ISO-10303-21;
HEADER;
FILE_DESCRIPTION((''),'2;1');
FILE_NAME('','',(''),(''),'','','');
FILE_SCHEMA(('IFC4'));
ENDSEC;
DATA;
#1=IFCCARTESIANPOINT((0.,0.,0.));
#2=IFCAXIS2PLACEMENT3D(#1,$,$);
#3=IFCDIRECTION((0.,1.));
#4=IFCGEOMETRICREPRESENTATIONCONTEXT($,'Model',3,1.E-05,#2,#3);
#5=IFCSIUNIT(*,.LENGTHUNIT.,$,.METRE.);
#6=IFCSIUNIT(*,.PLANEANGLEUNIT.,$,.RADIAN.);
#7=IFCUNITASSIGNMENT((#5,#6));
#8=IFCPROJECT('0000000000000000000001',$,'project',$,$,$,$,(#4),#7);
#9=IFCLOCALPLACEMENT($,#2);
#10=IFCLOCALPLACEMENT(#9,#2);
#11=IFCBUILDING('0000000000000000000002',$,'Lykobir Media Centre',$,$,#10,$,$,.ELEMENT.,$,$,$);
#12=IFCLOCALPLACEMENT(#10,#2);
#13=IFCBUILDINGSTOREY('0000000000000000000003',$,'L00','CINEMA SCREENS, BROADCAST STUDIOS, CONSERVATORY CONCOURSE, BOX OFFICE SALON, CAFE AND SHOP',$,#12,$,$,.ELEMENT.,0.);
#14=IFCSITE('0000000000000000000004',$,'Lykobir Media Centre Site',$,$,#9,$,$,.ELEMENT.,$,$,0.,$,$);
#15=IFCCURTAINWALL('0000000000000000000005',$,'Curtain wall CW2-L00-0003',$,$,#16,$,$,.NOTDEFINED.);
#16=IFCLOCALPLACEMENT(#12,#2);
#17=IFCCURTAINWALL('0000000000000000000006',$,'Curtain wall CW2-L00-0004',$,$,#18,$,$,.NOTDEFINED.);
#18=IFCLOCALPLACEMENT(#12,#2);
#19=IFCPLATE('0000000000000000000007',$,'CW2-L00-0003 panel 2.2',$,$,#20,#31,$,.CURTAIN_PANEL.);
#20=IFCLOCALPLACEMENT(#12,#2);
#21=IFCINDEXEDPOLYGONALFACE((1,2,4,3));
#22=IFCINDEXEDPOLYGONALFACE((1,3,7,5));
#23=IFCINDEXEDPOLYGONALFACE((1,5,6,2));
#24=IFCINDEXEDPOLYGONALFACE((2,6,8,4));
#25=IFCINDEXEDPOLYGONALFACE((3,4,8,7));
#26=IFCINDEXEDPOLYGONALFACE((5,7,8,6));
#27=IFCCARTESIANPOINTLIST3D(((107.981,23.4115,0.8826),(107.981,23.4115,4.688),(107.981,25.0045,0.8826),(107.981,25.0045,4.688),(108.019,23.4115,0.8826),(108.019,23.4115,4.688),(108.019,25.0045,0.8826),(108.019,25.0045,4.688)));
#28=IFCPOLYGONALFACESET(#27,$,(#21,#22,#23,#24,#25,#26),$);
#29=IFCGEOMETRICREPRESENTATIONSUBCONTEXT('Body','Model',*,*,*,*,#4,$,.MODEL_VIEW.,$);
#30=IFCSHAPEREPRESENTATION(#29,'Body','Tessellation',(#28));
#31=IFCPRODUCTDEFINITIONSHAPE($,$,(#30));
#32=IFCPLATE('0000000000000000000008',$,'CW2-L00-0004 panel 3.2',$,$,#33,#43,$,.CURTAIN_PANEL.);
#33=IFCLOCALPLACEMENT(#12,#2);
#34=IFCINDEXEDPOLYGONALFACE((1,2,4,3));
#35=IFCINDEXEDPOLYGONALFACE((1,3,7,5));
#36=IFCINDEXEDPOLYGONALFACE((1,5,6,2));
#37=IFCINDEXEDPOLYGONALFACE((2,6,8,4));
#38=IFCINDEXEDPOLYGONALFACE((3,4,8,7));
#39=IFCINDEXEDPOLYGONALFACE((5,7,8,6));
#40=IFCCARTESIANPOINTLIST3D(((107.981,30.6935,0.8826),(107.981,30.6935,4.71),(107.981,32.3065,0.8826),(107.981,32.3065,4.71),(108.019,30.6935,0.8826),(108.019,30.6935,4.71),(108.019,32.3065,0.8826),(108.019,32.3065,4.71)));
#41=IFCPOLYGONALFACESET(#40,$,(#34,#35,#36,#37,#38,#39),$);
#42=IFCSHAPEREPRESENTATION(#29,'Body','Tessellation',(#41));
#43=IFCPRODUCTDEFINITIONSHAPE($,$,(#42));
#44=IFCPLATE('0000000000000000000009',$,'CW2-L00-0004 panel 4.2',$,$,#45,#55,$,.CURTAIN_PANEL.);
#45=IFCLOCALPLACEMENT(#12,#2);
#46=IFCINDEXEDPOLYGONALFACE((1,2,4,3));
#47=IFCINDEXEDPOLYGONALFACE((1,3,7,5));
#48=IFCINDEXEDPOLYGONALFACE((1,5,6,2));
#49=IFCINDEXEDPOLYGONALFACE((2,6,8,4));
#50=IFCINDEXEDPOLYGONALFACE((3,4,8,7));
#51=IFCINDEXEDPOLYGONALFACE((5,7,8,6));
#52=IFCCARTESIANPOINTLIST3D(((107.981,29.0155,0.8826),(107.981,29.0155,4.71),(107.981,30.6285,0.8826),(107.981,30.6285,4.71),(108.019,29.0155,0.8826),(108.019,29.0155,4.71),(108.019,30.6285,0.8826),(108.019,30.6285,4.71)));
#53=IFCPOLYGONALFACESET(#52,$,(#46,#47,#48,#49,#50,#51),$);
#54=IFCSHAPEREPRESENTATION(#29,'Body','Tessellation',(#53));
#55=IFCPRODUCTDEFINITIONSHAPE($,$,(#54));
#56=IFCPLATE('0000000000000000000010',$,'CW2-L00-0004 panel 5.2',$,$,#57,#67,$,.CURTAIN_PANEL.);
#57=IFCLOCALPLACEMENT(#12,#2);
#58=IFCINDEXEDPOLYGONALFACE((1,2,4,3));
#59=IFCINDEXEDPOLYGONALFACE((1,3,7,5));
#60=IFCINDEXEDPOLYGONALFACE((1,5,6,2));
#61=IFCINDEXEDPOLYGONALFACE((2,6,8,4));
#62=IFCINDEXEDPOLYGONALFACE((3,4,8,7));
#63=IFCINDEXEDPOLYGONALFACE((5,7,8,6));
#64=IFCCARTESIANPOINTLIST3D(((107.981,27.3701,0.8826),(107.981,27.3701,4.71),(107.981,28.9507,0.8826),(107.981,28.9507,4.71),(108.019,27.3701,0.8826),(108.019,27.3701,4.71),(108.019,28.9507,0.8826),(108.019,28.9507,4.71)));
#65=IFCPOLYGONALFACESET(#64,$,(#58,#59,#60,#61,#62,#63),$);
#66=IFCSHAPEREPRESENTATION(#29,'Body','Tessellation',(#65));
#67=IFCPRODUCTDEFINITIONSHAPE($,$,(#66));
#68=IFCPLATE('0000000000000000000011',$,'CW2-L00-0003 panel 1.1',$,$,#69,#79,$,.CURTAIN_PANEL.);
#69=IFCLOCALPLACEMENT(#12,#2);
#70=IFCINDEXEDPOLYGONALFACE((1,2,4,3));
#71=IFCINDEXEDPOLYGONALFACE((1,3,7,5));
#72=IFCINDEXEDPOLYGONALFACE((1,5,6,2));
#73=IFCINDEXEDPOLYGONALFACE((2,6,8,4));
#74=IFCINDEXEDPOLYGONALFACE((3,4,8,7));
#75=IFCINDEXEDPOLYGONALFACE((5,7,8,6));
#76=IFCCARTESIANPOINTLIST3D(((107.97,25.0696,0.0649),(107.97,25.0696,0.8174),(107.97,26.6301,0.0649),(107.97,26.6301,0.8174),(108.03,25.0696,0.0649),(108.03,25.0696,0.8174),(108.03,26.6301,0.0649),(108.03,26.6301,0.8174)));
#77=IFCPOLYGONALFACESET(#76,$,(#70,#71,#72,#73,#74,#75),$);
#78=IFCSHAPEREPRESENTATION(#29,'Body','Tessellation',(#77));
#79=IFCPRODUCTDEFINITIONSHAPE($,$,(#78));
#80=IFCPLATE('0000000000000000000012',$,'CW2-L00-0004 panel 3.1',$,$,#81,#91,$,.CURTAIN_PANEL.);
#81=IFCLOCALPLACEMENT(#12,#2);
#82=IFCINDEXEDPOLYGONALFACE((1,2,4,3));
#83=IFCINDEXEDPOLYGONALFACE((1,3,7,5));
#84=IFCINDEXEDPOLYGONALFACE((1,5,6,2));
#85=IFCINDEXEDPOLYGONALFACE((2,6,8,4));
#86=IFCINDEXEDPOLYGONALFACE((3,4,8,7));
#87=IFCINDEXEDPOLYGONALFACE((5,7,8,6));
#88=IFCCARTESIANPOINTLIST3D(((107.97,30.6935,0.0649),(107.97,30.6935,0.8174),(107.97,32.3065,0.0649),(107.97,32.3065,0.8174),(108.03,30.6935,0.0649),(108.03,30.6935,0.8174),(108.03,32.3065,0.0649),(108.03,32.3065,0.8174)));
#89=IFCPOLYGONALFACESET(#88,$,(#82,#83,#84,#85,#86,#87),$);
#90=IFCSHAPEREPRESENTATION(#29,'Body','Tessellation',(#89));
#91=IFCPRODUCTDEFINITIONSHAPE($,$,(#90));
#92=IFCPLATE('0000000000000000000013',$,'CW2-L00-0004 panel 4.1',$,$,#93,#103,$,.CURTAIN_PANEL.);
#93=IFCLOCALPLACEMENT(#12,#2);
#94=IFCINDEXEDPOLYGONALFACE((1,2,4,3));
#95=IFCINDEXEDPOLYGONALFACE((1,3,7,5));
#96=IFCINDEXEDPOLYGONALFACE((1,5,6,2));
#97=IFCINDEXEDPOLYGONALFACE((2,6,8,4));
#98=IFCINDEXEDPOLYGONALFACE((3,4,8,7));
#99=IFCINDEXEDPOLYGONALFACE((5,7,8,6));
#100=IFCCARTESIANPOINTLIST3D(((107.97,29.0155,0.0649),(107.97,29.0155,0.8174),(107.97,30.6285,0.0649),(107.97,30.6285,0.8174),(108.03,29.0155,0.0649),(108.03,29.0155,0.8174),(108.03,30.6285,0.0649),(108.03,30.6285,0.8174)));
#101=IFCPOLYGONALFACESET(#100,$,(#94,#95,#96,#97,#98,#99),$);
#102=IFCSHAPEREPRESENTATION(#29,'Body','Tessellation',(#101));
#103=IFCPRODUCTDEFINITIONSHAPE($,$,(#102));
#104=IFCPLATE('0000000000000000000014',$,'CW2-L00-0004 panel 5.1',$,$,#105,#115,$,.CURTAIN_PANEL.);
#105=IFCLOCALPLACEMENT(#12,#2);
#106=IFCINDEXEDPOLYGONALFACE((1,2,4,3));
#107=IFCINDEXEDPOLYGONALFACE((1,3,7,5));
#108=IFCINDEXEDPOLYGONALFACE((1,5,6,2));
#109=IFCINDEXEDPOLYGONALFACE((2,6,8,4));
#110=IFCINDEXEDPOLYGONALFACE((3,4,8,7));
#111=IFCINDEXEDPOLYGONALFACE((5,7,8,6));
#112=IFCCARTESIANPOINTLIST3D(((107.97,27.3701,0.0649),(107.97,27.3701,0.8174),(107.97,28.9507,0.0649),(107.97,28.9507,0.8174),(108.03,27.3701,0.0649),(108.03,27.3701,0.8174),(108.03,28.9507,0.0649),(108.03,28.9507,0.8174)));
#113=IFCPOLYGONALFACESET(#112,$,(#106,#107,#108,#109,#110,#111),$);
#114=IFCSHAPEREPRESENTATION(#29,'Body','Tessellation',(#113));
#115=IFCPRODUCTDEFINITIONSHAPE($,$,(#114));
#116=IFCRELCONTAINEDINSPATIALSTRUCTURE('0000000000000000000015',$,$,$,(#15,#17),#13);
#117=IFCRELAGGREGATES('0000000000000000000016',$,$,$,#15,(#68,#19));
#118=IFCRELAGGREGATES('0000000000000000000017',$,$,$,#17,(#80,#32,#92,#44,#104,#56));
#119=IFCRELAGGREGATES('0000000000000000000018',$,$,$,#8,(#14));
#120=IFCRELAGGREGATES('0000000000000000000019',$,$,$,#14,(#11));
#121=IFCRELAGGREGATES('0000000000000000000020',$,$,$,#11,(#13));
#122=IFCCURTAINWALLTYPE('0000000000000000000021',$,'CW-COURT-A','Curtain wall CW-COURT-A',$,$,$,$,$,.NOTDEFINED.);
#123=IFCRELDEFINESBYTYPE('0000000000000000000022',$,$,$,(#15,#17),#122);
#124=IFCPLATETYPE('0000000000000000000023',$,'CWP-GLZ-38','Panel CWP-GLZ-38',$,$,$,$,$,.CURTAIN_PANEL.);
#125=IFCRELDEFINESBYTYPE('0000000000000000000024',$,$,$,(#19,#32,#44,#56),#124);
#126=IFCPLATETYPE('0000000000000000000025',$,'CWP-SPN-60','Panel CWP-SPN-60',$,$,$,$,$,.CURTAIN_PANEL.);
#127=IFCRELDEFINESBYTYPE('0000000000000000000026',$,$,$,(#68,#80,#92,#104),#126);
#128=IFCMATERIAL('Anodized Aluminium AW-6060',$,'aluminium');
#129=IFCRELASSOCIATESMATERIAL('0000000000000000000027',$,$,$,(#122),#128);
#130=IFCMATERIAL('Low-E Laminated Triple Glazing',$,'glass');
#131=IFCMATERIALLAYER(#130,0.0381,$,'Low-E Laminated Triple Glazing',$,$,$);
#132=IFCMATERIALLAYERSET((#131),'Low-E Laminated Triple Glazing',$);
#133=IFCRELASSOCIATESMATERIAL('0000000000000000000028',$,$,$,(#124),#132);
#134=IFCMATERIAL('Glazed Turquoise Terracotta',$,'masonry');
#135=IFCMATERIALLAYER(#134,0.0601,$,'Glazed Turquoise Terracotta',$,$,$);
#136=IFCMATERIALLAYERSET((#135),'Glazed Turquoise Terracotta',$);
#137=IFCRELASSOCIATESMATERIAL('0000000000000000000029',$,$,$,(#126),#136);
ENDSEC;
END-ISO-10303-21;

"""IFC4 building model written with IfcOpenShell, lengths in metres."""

from ifc_helpers import new_model, si_unit, direction, frame, origin, origin_2d, place, context, subcontext, project, spatial, rectangle, extrude, material, layer, layer_set, type_object, element, aggregate, save


model = new_model("IFC4")

# Units and contexts
model_context = context("Model", 3, precision=1e-05, world=origin(), true_north=direction((0.0, 1.0)))
body_context = subcontext(model_context, "Body", "Model", "MODEL_VIEW")
ifc_project = project(units=[si_unit("LENGTHUNIT", "METRE"), si_unit("PLANEANGLEUNIT", "RADIAN")], contexts=[model_context])

# Site, building, storey
site_placement = place(None, origin())
site = spatial("IfcSite", under=ifc_project, at=site_placement, Name="Lykobir Media Centre Site", CompositionType="ELEMENT", RefElevation=0.0)
building_placement = place(site_placement, origin())
building = spatial("IfcBuilding", under=site, at=building_placement, Name="Lykobir Media Centre", CompositionType="ELEMENT")
storey_placement = place(building_placement, origin())
storey = spatial("IfcBuildingStorey", under=building, at=storey_placement, Name="L00", Description="CINEMA SCREENS, BROADCAST STUDIOS, CONSERVATORY CONCOURSE, BOX OFFICE SALON, CAFE AND SHOP", CompositionType="ELEMENT", Elevation=0.0)

# Curtain walls
ifc_material_1 = material(Name="Anodized Aluminium AW-6060", Category="aluminium")
curtain_wall_type = type_object("IfcCurtainWallType", Name="CW-COURT-A", Description="Curtain wall CW-COURT-A", PredefinedType="NOTDEFINED", material=ifc_material_1)
curtain_wall_1_placement = place(storey_placement, origin())
curtain_wall_1 = element("IfcCurtainWall", 1, at=curtain_wall_1_placement, inside=storey, type_object=curtain_wall_type, Name="Curtain wall CW2-L00-0003", PredefinedType="NOTDEFINED")
curtain_wall_2_placement = place(storey_placement, origin())
curtain_wall_2 = element("IfcCurtainWall", 2, at=curtain_wall_2_placement, inside=storey, type_object=curtain_wall_type, Name="Curtain wall CW2-L00-0004", PredefinedType="NOTDEFINED")

# Plates
ifc_material_2 = material(Name="Low-E Laminated Triple Glazing", Category="glass")
ifc_layer_1 = layer(ifc_material_2, 0.0381, Name="Low-E Laminated Triple Glazing")
ifc_layer_set_1 = layer_set([ifc_layer_1], Name="Low-E Laminated Triple Glazing")
plate_type_1 = type_object("IfcPlateType", Name="CWP-GLZ-38", Description="Panel CWP-GLZ-38", PredefinedType="CURTAIN_PANEL", material=ifc_layer_set_1)
plate_1_placement = place(storey_placement, frame((108.0, 24.208, 0.8826), z_axis=(0.0, 0.0, 1.0), x_axis=(0.0, -1.0, 0.0)))
plate_1 = element("IfcPlate", 3, at=plate_1_placement, type_object=plate_type_1, Name="CW2-L00-0003 panel 2.2", PredefinedType="CURTAIN_PANEL", context=body_context, shape_type="SweptSolid", body=[
    extrude(rectangle(XDim=1.593, YDim=0.0381, at=origin_2d()), origin(), (0.0, 0.0, 1.0), 3.8054),
])
plate_2_placement = place(storey_placement, frame((108.0, 31.5, 0.8826), z_axis=(0.0, 0.0, 1.0), x_axis=(0.0, -1.0, 0.0)))
plate_2 = element("IfcPlate", 4, at=plate_2_placement, type_object=plate_type_1, Name="CW2-L00-0004 panel 3.2", PredefinedType="CURTAIN_PANEL", context=body_context, shape_type="SweptSolid", body=[
    extrude(rectangle(XDim=1.613, YDim=0.0381, at=origin_2d()), origin(), (0.0, 0.0, 1.0), 3.8274),
])
plate_3_placement = place(storey_placement, frame((108.0, 29.822, 0.8826), z_axis=(0.0, 0.0, 1.0), x_axis=(0.0, -1.0, 0.0)))
plate_3 = element("IfcPlate", 5, at=plate_3_placement, type_object=plate_type_1, Name="CW2-L00-0004 panel 4.2", PredefinedType="CURTAIN_PANEL", context=body_context, shape_type="SweptSolid", body=[
    extrude(rectangle(XDim=1.613, YDim=0.0381, at=origin_2d()), origin(), (0.0, 0.0, 1.0), 3.8274),
])
plate_4_placement = place(storey_placement, frame((108.0, 28.1604, 0.8826), z_axis=(0.0, 0.0, 1.0), x_axis=(0.0, -1.0, 0.0)))
plate_4 = element("IfcPlate", 6, at=plate_4_placement, type_object=plate_type_1, Name="CW2-L00-0004 panel 5.2", PredefinedType="CURTAIN_PANEL", context=body_context, shape_type="SweptSolid", body=[
    extrude(rectangle(XDim=1.5806, YDim=0.0381, at=origin_2d()), origin(), (0.0, 0.0, 1.0), 3.8274),
])
ifc_material_3 = material(Name="Glazed Turquoise Terracotta", Category="masonry")
ifc_layer_2 = layer(ifc_material_3, 0.0601, Name="Glazed Turquoise Terracotta")
ifc_layer_set_2 = layer_set([ifc_layer_2], Name="Glazed Turquoise Terracotta")
plate_type_2 = type_object("IfcPlateType", Name="CWP-SPN-60", Description="Panel CWP-SPN-60", PredefinedType="CURTAIN_PANEL", material=ifc_layer_set_2)
plate_5_placement = place(storey_placement, frame((108.0, 25.8499, 0.0649), z_axis=(0.0, 0.0, 1.0), x_axis=(0.0, -1.0, 0.0)))
plate_5 = element("IfcPlate", 7, at=plate_5_placement, type_object=plate_type_2, Name="CW2-L00-0003 panel 1.1", PredefinedType="CURTAIN_PANEL", context=body_context, shape_type="SweptSolid", body=[
    extrude(rectangle(XDim=1.5605, YDim=0.0601, at=origin_2d()), origin(), (0.0, 0.0, 1.0), 0.7524),
])
aggregate(curtain_wall_1, [plate_5, plate_1])
plate_6_placement = place(storey_placement, frame((108.0, 31.5, 0.0649), z_axis=(0.0, 0.0, 1.0), x_axis=(0.0, -1.0, 0.0)))
plate_6 = element("IfcPlate", 8, at=plate_6_placement, type_object=plate_type_2, Name="CW2-L00-0004 panel 3.1", PredefinedType="CURTAIN_PANEL", context=body_context, shape_type="SweptSolid", body=[
    extrude(rectangle(XDim=1.613, YDim=0.0601, at=origin_2d()), origin(), (0.0, 0.0, 1.0), 0.7524),
])
plate_7_placement = place(storey_placement, frame((108.0, 29.822, 0.0649), z_axis=(0.0, 0.0, 1.0), x_axis=(0.0, -1.0, 0.0)))
plate_7 = element("IfcPlate", 9, at=plate_7_placement, type_object=plate_type_2, Name="CW2-L00-0004 panel 4.1", PredefinedType="CURTAIN_PANEL", context=body_context, shape_type="SweptSolid", body=[
    extrude(rectangle(XDim=1.613, YDim=0.0601, at=origin_2d()), origin(), (0.0, 0.0, 1.0), 0.7524),
])
plate_8_placement = place(storey_placement, frame((108.0, 28.1604, 0.0649), z_axis=(0.0, 0.0, 1.0), x_axis=(0.0, -1.0, 0.0)))
plate_8 = element("IfcPlate", 10, at=plate_8_placement, type_object=plate_type_2, Name="CW2-L00-0004 panel 5.1", PredefinedType="CURTAIN_PANEL", context=body_context, shape_type="SweptSolid", body=[
    extrude(rectangle(XDim=1.5806, YDim=0.0601, at=origin_2d()), origin(), (0.0, 0.0, 1.0), 0.7524),
])
aggregate(curtain_wall_2, [plate_6, plate_2, plate_7, plate_3, plate_8, plate_4])

save(model, "model.ifc")
